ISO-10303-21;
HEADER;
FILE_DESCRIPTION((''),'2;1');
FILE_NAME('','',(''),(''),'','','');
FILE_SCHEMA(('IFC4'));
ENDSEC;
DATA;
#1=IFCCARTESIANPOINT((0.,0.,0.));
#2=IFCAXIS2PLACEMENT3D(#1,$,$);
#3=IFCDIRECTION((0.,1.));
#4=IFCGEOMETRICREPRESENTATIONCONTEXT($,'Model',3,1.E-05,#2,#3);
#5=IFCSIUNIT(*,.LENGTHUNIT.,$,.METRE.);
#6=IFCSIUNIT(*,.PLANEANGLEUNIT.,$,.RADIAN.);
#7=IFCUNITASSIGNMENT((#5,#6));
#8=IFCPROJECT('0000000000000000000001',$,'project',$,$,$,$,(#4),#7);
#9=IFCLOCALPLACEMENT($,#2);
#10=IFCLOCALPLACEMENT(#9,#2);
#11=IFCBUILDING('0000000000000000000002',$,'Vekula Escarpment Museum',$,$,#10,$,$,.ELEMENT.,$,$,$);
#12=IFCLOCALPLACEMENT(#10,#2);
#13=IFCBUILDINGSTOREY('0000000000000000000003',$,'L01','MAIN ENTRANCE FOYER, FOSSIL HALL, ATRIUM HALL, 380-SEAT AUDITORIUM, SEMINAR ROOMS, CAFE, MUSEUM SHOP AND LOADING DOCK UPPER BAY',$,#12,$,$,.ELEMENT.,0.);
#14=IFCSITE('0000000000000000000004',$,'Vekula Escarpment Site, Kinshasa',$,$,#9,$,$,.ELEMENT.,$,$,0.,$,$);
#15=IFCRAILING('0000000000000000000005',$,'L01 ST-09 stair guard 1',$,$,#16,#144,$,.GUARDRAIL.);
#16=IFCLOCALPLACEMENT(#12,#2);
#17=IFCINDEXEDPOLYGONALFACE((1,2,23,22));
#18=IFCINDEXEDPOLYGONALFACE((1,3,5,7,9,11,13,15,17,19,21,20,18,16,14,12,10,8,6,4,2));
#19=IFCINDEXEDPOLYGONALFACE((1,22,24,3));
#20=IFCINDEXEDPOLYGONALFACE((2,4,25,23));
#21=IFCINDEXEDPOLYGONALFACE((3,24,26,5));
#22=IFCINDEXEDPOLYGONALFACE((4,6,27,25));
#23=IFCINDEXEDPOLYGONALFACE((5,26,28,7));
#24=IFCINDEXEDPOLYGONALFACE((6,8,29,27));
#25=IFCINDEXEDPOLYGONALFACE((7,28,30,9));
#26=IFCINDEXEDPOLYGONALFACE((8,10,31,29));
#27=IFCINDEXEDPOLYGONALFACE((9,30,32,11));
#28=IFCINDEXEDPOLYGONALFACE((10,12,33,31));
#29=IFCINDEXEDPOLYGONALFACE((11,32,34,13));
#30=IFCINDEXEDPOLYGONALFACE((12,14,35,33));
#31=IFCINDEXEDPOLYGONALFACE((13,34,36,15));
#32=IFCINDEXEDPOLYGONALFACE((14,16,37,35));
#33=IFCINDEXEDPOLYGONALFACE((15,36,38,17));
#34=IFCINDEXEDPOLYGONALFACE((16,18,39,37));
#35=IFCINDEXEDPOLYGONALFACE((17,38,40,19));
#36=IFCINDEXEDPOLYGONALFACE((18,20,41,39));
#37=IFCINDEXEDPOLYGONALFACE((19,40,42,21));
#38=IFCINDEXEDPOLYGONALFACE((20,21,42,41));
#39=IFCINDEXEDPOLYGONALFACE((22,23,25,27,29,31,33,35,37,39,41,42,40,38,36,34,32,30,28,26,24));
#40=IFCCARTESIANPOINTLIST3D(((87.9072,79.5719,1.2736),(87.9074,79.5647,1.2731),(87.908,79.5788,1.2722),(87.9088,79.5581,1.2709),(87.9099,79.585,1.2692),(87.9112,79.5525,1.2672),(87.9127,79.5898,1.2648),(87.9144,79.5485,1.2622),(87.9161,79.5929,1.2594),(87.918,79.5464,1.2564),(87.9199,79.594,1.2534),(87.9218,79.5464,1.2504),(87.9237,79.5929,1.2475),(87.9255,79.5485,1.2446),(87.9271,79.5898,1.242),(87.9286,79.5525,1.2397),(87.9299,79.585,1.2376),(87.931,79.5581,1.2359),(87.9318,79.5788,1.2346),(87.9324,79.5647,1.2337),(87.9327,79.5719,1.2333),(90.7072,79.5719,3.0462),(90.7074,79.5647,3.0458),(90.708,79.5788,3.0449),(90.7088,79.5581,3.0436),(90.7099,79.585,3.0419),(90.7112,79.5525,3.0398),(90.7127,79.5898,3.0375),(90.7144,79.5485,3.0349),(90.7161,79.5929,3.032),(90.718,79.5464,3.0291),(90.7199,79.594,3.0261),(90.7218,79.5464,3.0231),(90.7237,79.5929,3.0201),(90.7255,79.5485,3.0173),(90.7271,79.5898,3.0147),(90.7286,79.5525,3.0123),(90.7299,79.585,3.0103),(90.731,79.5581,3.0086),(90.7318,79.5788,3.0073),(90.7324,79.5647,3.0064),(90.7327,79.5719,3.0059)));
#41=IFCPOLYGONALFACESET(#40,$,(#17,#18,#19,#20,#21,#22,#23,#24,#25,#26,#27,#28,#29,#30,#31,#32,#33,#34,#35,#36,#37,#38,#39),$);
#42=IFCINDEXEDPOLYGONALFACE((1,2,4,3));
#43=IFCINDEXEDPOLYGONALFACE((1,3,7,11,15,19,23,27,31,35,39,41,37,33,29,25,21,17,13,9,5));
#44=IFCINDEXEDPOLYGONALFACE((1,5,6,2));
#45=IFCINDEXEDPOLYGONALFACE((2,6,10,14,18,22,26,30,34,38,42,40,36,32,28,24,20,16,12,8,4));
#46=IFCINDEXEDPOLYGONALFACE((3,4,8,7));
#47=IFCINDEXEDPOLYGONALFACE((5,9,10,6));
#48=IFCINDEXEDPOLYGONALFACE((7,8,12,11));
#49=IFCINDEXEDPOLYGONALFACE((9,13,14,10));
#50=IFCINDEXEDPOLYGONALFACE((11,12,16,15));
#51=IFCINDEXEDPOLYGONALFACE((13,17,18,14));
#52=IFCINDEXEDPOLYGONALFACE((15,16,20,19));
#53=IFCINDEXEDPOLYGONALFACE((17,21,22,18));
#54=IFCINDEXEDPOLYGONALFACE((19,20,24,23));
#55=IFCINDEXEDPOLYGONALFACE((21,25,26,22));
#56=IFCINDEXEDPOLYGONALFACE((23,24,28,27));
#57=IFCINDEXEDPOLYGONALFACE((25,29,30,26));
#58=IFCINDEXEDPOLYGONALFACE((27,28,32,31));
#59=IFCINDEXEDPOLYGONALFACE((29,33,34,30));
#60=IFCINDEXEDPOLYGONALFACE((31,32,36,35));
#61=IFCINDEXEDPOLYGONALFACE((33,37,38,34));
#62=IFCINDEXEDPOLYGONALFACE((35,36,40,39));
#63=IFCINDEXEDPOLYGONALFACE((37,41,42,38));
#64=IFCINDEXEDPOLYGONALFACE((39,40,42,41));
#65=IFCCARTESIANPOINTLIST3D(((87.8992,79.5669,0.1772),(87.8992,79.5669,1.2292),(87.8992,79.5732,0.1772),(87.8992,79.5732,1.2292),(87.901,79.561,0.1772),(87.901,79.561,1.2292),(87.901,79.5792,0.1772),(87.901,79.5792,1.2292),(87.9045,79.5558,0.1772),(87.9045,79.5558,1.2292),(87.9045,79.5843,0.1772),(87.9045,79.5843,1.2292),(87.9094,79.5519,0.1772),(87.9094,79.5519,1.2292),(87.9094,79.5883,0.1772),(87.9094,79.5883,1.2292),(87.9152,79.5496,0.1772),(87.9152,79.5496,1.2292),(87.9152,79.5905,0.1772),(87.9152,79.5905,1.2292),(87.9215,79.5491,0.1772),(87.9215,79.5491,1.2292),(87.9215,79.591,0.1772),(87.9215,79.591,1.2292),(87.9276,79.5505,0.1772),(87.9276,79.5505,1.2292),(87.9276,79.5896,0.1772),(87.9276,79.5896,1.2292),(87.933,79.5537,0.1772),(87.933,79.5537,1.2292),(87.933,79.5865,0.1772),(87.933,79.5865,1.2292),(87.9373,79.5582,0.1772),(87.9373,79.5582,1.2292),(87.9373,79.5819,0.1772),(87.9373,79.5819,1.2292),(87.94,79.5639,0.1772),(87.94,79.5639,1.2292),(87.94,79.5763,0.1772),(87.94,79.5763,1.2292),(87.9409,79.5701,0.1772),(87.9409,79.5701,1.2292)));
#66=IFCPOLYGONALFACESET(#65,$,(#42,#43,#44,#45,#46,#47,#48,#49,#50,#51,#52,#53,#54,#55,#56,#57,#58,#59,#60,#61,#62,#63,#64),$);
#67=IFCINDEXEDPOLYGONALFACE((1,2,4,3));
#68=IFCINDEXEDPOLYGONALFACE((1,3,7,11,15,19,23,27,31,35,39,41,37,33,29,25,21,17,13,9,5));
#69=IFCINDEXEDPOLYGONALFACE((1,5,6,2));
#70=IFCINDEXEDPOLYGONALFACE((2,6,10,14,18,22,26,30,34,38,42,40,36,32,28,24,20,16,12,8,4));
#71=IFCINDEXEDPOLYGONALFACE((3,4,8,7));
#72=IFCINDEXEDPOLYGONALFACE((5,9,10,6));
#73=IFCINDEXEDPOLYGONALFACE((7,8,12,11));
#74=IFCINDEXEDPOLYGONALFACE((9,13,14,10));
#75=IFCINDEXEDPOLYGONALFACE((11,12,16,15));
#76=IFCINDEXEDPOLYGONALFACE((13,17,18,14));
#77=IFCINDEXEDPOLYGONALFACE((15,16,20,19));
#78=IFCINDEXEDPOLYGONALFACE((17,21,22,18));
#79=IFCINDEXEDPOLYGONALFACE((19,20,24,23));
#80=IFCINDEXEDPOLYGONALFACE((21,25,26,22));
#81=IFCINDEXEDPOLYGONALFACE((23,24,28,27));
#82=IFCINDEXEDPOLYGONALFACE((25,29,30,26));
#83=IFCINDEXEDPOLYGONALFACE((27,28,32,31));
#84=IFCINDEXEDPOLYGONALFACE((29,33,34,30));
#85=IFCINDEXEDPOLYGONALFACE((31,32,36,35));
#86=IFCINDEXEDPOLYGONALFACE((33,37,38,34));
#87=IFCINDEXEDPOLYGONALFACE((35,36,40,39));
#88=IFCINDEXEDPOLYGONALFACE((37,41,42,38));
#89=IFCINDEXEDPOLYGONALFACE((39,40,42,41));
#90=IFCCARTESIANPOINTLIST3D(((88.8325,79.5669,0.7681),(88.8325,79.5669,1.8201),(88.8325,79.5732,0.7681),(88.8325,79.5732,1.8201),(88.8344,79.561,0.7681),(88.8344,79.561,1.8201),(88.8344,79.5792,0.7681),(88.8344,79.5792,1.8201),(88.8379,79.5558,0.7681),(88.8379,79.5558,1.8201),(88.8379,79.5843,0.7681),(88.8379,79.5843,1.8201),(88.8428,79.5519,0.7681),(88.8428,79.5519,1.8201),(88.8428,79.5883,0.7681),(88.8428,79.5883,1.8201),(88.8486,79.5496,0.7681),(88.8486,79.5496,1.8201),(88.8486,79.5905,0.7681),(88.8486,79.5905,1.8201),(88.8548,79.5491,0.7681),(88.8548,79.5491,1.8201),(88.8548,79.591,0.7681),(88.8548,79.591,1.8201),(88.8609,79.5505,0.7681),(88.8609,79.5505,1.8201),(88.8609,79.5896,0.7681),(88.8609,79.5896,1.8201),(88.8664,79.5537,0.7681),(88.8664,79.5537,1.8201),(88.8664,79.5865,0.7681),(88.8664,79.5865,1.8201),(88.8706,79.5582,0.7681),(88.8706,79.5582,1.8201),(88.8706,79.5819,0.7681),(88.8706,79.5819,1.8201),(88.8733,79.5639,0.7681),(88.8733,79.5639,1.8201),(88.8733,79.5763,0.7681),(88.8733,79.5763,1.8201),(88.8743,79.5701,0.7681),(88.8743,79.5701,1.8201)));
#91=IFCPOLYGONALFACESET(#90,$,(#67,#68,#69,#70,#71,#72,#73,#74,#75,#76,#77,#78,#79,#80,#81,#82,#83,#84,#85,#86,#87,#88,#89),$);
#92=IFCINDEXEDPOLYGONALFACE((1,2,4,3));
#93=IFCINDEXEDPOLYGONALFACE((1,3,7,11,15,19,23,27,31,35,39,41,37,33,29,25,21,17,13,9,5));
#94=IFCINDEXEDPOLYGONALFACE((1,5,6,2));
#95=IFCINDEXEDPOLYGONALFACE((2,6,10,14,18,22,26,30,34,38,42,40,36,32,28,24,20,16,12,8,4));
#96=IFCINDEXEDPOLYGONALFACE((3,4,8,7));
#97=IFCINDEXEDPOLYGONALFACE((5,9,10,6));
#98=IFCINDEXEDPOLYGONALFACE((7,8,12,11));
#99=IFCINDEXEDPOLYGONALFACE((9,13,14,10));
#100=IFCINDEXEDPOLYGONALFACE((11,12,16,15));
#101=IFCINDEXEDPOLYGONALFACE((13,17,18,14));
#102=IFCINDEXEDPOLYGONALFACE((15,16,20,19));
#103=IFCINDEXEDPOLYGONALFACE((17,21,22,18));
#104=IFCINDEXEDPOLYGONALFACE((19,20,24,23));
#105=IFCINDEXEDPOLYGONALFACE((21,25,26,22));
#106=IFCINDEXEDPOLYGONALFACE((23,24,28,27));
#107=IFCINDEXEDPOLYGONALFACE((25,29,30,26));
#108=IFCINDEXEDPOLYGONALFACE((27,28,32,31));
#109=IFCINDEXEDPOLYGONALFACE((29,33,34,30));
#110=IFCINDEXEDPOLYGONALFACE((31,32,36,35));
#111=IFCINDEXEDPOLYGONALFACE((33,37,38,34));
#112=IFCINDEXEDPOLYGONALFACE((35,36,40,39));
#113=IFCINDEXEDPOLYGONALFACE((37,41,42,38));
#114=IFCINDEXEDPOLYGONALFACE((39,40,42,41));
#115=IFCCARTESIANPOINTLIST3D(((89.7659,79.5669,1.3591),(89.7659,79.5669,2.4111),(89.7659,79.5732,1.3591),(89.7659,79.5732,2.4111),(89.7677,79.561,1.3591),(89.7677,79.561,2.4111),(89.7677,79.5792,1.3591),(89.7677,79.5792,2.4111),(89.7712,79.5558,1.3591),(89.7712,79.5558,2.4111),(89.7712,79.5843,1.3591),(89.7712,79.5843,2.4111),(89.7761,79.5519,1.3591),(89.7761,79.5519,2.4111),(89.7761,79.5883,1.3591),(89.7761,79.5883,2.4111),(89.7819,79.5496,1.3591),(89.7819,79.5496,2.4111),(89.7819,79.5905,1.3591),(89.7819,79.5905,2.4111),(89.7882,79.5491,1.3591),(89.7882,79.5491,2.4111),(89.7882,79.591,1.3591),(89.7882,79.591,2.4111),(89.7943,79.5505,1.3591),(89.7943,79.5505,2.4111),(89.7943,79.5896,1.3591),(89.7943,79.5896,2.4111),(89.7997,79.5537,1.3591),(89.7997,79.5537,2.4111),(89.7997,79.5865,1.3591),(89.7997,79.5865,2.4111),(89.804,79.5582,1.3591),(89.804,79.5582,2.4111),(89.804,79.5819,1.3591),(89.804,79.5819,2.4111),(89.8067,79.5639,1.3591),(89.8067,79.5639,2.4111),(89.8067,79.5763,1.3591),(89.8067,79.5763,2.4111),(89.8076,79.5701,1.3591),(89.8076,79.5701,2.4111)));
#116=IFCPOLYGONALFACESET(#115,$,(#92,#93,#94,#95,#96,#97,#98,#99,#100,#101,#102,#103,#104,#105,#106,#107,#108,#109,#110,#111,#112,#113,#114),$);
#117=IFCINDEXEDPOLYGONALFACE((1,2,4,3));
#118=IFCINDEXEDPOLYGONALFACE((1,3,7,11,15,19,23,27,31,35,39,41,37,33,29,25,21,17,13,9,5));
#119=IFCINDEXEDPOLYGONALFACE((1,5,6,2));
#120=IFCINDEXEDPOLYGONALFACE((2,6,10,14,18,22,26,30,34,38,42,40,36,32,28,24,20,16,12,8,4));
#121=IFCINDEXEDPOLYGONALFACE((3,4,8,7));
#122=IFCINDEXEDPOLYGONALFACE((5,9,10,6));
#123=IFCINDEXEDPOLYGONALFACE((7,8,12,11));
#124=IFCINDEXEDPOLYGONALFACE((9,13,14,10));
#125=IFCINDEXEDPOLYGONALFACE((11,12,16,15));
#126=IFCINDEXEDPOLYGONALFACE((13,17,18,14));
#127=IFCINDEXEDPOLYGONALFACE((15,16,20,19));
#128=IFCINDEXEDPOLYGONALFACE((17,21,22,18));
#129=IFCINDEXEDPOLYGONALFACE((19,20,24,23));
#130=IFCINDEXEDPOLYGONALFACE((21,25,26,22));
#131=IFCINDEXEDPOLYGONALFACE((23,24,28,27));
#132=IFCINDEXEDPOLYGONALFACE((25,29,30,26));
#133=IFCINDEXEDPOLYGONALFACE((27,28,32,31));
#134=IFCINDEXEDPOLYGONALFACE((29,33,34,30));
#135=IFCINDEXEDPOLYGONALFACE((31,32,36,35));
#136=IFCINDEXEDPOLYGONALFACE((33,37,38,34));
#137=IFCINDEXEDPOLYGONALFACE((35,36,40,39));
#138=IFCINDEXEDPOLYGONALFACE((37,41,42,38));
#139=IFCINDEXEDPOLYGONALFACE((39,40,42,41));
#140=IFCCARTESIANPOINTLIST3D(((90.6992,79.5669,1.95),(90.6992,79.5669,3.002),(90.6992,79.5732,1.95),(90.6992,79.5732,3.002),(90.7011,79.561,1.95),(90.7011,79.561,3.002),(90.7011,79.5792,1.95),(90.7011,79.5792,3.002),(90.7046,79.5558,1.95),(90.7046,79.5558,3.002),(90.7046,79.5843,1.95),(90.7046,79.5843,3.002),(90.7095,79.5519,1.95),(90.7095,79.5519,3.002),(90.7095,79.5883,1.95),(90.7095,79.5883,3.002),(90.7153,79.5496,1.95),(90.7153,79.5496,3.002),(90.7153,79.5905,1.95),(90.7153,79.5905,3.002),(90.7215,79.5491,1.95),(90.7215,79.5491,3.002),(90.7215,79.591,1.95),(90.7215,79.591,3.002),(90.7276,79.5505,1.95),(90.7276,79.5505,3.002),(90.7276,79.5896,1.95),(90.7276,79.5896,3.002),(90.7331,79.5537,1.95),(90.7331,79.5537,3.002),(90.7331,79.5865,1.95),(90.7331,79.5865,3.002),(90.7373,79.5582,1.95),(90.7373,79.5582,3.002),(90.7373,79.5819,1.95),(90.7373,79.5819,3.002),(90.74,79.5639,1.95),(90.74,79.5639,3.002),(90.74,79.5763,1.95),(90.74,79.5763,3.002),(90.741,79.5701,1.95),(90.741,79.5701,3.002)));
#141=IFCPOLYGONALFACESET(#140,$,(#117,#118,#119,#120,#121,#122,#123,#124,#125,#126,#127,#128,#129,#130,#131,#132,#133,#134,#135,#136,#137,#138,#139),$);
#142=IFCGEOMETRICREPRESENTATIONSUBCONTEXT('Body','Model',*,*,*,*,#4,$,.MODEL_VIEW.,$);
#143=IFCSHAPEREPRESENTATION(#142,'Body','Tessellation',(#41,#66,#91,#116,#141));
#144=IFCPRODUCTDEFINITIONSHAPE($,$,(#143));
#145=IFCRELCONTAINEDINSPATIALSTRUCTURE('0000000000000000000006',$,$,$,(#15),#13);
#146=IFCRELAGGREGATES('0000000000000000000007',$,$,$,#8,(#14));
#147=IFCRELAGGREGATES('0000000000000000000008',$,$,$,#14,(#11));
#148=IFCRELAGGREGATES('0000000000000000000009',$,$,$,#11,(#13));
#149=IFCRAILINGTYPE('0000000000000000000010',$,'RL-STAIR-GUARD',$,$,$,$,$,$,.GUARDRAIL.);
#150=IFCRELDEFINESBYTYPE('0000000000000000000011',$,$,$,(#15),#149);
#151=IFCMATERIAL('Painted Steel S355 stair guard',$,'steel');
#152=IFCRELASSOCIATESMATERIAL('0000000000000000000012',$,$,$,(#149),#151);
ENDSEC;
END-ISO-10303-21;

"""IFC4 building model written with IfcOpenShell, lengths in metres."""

from ifc_helpers import new_model, si_unit, direction, frame, origin, origin_2d, place, context, subcontext, project, spatial, circle, extrude, material, type_object, element, save


model = new_model("IFC4")

# Units and contexts
model_context = context("Model", 3, precision=1e-05, world=origin(), true_north=direction((0.0, 1.0)))
body_context = subcontext(model_context, "Body", "Model", "MODEL_VIEW")
ifc_project = project(units=[si_unit("LENGTHUNIT", "METRE"), si_unit("PLANEANGLEUNIT", "RADIAN")], contexts=[model_context])

# Site, building, storey
site_placement = place(None, origin())
site = spatial("IfcSite", under=ifc_project, at=site_placement, Name="Vekula Escarpment Site, Kinshasa", CompositionType="ELEMENT", RefElevation=0.0)
building_placement = place(site_placement, origin())
building = spatial("IfcBuilding", under=site, at=building_placement, Name="Vekula Escarpment Museum", CompositionType="ELEMENT")
storey_placement = place(building_placement, origin())
storey = spatial("IfcBuildingStorey", under=building, at=storey_placement, Name="L01", Description="MAIN ENTRANCE FOYER, FOSSIL HALL, ATRIUM HALL, 380-SEAT AUDITORIUM, SEMINAR ROOMS, CAFE, MUSEUM SHOP AND LOADING DOCK UPPER BAY", CompositionType="ELEMENT", Elevation=0.0)

# Railing
ifc_material_1 = material(Name="Painted Steel S355 stair guard", Category="steel")
railing_type_1 = type_object("IfcRailingType", Name="RL-STAIR-GUARD", PredefinedType="GUARDRAIL", material=ifc_material_1)
railing_1_placement = place(storey_placement, frame((87.9199, 79.5701, 0.1772)))
element("IfcRailing", 1, at=railing_1_placement, inside=storey, type_object=railing_type_1, Name="L01 ST-09 stair guard 1", PredefinedType="GUARDRAIL", context=body_context, shape_type="SweptSolid", body=[
    extrude(circle(Radius=0.0239, at=origin_2d()), frame((0.0, 0.0, 1.0762), z_axis=(0.844909, 0.0, 0.53491), x_axis=(0.0, 1.0, 0.0)), (0.0, 0.0, 1.0), 3.314),
    extrude(circle(Radius=0.021, at=origin_2d()), origin(), (0.0, 0.0, 1.0), 1.052),
    extrude(circle(Radius=0.021, at=origin_2d()), frame((0.9333, 0.0, 0.5908)), (0.0, 0.0, 1.0), 1.052),
    extrude(circle(Radius=0.021, at=origin_2d()), frame((1.8667, 0.0, 1.1819)), (0.0, 0.0, 1.0), 1.052),
    extrude(circle(Radius=0.021, at=origin_2d()), frame((2.8, 0.0, 1.7727)), (0.0, 0.0, 1.0), 1.052),
])

save(model, "model.ifc")
